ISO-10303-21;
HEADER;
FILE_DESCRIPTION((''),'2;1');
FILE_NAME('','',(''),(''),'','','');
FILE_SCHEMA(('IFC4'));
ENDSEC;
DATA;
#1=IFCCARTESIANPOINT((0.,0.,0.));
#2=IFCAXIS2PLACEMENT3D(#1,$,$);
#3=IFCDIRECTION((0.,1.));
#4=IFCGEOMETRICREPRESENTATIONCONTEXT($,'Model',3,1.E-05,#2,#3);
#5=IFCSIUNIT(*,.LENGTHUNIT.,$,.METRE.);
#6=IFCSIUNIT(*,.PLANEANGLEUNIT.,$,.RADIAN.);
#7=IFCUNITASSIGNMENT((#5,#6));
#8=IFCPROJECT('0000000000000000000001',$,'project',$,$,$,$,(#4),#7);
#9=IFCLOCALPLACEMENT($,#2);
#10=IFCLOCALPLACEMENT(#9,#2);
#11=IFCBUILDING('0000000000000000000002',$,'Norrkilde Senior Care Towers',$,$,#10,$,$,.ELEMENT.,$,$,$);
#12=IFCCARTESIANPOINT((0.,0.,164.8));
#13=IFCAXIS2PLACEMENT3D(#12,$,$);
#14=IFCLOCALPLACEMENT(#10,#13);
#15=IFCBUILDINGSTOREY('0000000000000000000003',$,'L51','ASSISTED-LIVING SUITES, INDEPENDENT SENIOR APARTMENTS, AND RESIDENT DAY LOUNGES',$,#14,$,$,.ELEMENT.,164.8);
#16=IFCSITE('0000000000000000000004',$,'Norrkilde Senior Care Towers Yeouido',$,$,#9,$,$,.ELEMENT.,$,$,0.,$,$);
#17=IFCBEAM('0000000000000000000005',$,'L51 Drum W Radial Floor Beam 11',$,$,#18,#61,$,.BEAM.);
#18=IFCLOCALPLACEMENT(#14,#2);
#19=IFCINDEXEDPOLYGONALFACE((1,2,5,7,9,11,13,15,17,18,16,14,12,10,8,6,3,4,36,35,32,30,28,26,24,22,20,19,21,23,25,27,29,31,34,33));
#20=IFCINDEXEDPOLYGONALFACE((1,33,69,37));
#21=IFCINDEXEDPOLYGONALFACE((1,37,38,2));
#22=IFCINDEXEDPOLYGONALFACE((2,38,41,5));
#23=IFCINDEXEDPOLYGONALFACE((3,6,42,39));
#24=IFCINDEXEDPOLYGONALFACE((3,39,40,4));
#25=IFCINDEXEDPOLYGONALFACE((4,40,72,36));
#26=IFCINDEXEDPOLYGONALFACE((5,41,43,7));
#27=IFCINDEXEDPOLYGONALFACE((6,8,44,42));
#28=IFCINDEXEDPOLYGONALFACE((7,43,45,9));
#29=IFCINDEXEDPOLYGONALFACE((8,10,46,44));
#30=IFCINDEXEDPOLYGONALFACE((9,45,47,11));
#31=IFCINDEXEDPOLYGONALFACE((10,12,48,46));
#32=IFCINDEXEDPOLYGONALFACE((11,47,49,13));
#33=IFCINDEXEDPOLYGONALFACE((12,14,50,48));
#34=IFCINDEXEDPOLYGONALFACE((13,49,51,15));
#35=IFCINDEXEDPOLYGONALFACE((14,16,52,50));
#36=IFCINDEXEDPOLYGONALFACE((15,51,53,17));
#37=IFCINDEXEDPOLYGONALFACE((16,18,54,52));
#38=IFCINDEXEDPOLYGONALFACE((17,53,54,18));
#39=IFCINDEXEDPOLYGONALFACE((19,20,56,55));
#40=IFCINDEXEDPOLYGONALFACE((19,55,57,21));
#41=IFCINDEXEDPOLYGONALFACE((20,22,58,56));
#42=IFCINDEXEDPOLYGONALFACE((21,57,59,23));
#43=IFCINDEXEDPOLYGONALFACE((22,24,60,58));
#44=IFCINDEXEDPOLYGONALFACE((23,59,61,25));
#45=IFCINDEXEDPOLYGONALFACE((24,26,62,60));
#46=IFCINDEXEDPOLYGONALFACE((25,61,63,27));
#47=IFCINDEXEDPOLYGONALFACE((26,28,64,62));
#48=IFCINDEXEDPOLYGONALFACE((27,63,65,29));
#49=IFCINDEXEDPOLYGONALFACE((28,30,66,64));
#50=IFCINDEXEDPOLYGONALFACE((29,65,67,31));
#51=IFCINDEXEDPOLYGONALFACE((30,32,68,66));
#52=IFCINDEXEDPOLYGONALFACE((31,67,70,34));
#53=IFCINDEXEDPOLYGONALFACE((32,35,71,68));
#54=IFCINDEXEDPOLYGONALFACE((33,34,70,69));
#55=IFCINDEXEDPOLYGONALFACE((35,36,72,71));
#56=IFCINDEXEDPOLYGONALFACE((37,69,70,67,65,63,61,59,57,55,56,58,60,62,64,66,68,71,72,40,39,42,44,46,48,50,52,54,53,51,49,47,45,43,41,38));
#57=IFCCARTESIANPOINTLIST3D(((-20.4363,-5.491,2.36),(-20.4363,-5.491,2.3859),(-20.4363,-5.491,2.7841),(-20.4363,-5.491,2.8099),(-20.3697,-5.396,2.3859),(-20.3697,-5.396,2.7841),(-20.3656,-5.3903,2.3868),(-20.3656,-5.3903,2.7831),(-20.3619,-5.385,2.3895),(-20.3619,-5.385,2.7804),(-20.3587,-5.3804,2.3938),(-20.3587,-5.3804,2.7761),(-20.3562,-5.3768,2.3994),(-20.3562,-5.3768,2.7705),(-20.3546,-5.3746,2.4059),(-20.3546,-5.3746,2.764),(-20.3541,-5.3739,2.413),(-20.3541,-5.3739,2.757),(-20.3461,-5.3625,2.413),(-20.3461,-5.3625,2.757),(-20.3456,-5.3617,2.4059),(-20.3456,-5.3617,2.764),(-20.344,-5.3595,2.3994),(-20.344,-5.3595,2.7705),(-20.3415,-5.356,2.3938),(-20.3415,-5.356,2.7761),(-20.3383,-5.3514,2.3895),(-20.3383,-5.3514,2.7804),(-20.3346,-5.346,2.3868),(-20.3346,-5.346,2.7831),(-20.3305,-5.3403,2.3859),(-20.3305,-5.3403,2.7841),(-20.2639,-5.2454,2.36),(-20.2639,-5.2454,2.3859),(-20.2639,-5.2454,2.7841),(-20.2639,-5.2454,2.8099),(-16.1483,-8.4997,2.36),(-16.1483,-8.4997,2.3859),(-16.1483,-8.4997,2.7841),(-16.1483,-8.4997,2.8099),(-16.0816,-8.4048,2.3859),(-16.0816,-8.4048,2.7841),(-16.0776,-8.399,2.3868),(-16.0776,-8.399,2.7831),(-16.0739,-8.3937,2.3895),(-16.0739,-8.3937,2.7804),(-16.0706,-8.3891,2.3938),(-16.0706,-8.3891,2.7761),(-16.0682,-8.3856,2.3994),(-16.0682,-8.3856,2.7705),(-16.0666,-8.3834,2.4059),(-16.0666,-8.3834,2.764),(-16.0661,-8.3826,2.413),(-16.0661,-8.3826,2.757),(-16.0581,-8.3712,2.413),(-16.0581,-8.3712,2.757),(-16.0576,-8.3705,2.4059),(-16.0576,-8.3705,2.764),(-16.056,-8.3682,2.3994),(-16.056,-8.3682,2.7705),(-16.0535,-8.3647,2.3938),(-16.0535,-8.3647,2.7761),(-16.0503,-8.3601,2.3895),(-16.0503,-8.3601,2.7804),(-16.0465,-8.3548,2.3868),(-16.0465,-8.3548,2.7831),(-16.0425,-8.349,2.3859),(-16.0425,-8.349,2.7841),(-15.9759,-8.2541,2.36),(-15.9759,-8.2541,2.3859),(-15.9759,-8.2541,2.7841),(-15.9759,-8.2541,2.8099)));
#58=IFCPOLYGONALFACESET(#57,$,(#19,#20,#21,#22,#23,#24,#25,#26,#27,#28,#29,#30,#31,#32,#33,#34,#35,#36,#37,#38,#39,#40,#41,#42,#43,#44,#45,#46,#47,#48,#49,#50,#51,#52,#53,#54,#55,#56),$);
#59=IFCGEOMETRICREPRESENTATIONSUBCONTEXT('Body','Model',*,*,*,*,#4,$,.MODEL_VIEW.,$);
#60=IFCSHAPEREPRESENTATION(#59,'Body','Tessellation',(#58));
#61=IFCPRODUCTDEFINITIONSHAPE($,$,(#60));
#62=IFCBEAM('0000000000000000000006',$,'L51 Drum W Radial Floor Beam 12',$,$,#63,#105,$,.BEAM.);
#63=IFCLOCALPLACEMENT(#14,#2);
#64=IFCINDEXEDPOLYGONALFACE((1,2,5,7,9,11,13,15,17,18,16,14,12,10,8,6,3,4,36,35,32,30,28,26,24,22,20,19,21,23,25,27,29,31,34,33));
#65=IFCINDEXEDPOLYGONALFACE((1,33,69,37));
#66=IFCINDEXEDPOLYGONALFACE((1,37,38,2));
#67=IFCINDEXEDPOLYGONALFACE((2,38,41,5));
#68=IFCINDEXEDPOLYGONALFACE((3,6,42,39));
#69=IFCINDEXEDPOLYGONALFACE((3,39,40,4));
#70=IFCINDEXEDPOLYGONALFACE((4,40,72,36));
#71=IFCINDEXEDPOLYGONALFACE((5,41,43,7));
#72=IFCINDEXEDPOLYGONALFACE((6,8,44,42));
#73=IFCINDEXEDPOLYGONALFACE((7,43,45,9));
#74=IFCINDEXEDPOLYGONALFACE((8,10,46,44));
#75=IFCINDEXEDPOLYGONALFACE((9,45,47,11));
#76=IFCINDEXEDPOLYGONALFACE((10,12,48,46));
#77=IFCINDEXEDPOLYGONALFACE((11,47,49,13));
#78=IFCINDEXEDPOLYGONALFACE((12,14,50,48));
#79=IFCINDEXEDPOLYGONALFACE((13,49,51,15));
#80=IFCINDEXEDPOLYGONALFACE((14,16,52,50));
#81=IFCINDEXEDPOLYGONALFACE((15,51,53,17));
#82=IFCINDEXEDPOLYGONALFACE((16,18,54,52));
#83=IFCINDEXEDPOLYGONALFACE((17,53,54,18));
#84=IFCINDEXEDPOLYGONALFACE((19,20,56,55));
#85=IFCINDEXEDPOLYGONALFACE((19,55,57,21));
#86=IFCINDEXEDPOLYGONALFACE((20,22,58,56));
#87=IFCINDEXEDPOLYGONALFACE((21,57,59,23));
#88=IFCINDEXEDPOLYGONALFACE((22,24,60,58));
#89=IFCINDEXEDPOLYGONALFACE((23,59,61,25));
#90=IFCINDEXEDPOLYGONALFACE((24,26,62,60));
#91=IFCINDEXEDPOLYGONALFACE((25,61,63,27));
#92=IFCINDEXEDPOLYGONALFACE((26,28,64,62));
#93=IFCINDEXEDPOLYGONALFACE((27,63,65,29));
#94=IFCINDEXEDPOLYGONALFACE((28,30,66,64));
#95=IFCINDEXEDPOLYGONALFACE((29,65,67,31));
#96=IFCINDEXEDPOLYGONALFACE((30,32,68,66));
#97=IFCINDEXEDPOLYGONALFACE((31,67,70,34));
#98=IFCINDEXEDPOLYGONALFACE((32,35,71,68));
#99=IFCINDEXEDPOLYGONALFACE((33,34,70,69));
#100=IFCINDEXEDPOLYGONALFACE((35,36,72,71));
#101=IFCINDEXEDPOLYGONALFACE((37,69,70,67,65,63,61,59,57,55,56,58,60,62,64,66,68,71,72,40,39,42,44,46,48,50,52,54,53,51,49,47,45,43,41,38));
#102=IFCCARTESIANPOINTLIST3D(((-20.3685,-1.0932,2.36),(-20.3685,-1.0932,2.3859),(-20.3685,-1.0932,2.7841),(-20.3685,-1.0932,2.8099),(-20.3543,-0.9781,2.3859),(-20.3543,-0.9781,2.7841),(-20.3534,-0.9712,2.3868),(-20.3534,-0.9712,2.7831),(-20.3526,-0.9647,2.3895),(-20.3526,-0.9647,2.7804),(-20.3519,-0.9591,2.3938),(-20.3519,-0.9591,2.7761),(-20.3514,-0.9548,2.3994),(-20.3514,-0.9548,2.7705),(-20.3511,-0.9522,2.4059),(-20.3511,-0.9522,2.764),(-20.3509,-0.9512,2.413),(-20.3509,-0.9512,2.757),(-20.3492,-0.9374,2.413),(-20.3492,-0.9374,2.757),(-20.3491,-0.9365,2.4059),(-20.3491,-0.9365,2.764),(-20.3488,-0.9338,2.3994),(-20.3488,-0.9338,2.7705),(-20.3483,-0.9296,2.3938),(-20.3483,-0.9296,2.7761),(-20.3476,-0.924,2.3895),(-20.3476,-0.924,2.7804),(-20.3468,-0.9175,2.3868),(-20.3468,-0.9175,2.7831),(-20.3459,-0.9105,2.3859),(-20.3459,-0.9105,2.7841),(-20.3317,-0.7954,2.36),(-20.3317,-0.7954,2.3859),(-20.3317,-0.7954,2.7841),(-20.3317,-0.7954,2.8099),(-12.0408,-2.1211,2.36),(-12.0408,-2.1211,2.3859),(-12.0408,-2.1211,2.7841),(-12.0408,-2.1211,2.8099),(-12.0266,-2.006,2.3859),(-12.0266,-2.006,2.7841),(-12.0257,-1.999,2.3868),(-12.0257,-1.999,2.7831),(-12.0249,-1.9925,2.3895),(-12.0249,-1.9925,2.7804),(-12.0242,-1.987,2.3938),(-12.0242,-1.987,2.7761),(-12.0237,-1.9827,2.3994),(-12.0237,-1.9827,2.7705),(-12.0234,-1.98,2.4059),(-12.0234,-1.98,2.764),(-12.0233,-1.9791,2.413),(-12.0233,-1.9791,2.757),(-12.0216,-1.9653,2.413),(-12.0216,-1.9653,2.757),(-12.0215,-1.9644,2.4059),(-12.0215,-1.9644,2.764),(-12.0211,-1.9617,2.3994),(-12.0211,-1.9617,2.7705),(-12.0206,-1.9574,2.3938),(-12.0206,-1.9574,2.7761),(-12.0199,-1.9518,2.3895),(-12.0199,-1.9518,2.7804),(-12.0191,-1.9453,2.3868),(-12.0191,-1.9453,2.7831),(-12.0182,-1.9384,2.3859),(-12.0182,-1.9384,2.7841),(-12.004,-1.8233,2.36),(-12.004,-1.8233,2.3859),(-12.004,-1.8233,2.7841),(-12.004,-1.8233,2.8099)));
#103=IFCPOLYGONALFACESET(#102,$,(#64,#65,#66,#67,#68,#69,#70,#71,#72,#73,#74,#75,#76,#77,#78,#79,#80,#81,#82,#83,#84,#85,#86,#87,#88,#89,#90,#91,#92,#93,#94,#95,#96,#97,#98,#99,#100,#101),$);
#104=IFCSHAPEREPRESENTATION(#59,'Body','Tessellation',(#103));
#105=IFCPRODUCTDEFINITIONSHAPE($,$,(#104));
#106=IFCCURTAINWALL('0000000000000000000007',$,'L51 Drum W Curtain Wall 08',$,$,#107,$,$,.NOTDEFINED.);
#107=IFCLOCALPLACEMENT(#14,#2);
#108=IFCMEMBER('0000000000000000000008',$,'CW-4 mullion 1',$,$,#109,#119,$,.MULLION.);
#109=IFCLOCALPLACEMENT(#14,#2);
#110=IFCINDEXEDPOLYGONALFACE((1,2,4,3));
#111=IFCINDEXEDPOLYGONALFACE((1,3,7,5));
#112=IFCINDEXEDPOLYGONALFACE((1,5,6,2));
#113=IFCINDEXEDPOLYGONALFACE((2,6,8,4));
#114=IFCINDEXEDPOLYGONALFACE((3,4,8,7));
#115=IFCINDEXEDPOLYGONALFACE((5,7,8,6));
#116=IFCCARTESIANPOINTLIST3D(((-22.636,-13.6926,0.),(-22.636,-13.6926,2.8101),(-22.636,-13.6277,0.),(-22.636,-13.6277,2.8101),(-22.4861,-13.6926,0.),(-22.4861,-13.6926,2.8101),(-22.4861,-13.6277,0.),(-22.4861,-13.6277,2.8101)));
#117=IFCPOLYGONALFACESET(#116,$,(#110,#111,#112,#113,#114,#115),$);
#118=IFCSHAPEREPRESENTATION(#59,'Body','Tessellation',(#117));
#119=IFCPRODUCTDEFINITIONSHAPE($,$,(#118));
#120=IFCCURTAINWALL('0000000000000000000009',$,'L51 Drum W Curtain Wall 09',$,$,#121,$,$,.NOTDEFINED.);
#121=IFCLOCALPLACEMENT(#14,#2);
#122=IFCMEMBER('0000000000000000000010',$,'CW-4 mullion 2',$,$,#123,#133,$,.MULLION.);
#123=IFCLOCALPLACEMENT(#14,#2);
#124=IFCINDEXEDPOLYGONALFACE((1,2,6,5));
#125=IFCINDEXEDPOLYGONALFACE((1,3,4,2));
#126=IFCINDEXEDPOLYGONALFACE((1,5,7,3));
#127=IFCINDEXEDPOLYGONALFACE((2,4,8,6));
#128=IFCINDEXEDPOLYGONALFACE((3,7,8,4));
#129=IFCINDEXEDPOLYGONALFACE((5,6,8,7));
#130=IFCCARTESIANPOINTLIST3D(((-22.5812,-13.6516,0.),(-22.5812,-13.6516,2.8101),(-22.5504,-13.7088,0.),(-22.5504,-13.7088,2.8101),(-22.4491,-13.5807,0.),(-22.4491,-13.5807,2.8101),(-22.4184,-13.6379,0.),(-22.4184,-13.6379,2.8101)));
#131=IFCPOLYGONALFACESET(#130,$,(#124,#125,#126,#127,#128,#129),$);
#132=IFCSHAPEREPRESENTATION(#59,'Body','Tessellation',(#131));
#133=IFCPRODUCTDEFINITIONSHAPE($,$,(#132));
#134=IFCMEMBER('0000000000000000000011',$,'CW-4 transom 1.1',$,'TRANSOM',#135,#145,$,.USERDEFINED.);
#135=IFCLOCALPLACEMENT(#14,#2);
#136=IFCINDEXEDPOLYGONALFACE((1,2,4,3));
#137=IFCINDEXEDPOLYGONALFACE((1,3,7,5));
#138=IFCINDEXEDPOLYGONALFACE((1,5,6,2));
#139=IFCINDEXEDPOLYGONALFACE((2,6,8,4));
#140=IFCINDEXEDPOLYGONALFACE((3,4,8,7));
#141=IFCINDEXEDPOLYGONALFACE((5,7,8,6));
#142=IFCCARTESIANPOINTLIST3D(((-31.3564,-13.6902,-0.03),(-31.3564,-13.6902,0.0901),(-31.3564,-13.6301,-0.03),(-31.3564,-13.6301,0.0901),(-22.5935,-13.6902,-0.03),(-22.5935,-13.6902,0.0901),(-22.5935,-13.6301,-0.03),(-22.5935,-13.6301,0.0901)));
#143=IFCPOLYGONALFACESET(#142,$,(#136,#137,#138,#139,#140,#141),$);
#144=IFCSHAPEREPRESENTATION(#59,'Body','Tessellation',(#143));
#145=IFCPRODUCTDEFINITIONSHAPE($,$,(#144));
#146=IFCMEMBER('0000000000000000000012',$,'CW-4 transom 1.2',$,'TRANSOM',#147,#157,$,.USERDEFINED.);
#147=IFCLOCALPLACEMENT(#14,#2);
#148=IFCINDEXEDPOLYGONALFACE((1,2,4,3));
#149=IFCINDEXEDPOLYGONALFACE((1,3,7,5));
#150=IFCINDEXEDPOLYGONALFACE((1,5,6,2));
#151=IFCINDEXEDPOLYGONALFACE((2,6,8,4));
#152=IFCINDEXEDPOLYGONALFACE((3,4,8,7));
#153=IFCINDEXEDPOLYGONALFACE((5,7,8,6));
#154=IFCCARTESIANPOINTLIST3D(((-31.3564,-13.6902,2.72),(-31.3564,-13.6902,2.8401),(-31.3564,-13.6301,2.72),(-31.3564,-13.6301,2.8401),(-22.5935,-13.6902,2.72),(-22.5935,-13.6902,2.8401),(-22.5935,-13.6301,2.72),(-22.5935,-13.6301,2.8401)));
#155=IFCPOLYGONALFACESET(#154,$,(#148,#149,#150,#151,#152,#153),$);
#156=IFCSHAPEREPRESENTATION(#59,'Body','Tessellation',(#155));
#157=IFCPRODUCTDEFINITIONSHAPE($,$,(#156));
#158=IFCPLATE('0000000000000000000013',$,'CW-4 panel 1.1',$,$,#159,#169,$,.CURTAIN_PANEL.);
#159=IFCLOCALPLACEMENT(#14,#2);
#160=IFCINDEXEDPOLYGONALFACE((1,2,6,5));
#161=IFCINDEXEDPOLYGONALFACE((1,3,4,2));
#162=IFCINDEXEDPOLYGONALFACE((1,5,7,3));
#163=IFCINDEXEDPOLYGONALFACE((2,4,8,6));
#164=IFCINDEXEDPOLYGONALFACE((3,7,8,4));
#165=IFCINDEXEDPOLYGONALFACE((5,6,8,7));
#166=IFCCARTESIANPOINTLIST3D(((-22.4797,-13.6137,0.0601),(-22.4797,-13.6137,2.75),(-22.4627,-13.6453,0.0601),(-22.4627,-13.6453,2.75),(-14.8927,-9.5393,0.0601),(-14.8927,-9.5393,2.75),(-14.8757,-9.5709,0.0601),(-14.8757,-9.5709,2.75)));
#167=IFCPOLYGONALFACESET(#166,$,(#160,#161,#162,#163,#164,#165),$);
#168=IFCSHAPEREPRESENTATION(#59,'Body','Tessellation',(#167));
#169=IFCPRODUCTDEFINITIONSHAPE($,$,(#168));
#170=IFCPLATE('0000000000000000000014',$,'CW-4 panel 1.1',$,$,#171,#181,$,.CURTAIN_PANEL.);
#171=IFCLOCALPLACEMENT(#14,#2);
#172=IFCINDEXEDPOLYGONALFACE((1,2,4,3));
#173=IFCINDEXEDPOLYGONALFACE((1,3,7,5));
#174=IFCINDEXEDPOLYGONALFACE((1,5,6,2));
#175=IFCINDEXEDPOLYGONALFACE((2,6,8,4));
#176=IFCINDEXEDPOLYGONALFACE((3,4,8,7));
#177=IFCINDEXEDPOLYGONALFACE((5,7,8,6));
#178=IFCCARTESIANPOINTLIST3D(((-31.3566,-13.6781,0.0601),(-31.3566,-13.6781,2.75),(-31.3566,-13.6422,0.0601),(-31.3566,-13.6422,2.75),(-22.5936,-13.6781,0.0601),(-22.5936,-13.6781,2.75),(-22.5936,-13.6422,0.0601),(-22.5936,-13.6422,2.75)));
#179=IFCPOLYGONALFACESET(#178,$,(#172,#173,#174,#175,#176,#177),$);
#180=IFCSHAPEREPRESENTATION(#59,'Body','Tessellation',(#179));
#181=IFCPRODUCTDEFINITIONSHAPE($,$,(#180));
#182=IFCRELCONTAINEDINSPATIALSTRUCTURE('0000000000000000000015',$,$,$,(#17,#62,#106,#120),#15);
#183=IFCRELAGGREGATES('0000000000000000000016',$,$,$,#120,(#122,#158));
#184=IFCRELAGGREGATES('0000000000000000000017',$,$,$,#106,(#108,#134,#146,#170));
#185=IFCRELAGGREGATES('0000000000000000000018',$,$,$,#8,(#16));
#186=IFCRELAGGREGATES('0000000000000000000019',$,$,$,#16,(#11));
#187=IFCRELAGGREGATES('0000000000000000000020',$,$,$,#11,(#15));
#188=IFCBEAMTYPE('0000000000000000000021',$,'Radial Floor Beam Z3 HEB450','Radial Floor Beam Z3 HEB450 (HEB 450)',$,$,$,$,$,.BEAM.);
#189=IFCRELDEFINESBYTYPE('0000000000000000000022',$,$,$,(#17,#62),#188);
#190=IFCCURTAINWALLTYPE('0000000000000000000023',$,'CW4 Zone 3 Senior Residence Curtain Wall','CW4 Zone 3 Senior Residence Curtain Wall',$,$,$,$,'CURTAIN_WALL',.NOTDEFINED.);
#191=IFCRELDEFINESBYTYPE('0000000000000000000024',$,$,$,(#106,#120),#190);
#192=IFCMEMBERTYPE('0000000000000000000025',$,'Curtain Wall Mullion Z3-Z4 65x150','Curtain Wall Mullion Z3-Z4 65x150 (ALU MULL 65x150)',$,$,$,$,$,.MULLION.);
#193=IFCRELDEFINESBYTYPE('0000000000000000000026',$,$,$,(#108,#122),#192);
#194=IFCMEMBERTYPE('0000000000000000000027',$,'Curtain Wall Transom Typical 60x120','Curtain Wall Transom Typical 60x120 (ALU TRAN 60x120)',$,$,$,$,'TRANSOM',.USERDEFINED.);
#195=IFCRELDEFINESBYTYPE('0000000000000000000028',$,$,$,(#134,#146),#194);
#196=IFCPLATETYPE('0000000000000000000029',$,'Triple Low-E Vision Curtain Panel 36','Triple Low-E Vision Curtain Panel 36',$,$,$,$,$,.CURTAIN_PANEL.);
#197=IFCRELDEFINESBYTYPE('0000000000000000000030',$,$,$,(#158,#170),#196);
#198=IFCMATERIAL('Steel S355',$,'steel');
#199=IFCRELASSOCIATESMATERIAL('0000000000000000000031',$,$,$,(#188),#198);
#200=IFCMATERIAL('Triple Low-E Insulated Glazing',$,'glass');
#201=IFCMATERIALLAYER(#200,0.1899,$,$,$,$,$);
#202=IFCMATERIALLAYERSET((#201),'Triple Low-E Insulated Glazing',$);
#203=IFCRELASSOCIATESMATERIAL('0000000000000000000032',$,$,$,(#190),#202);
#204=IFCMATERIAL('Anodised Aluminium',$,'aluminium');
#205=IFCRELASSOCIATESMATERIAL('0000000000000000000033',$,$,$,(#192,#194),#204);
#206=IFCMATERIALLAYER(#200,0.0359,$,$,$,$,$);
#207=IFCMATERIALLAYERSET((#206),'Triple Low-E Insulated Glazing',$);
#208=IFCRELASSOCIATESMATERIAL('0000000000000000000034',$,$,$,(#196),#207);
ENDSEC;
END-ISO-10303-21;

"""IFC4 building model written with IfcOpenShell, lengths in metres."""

from ifc_helpers import new_model, si_unit, direction, frame, origin, origin_2d, place, context, subcontext, project, spatial, rectangle, i_section, extrude, source, transform, mapped, material, layer, layer_set, material_profile, profile_set, type_object, type_shapes, element, aggregate, save


model = new_model("IFC4")

# Units and contexts
model_context = context("Model", 3, precision=1e-05, world=origin(), true_north=direction((0.0, 1.0)))
body_context = subcontext(model_context, "Body", "Model", "MODEL_VIEW")
ifc_project = project(units=[si_unit("LENGTHUNIT", "METRE"), si_unit("PLANEANGLEUNIT", "RADIAN")], contexts=[model_context])

# Site, building, storey
site_placement = place(None, origin())
site = spatial("IfcSite", under=ifc_project, at=site_placement, Name="Norrkilde Senior Care Towers Yeouido", CompositionType="ELEMENT", RefElevation=0.0)
building_placement = place(site_placement, origin())
building = spatial("IfcBuilding", under=site, at=building_placement, Name="Norrkilde Senior Care Towers", CompositionType="ELEMENT")
storey_placement = place(building_placement, frame((0.0, 0.0, 164.8)))
storey = spatial("IfcBuildingStorey", under=building, at=storey_placement, Name="L51", Description="ASSISTED-LIVING SUITES, INDEPENDENT SENIOR APARTMENTS, AND RESIDENT DAY LOUNGES", CompositionType="ELEMENT", Elevation=164.8)

# Beams
ifc_material_1 = material(Name="Steel S355", Category="steel")
ifc_material_profile_1 = material_profile(ifc_material_1, i_section(OverallWidth=0.3, OverallDepth=0.45, WebThickness=0.0139, FlangeThickness=0.0259, FilletRadius=0.0271, at=origin_2d()), Name="HEB 450")
ifc_profile_set_1 = profile_set([ifc_material_profile_1], Name="Steel S355")
beam_type_1 = type_object("IfcBeamType", Name="Radial Floor Beam Z3 HEB450", Description="Radial Floor Beam Z3 HEB450 (HEB 450)", PredefinedType="BEAM", material=ifc_profile_set_1)
shared_shape_1 = source(origin(), body_context, "Body", "SweptSolid", [
    extrude(i_section(OverallWidth=0.3, OverallDepth=0.45, WebThickness=0.0139, FlangeThickness=0.0259, FilletRadius=0.0271, at=origin_2d()), origin(), (0.0, 0.0, 1.0), 5.2383),
])
beam_1_placement = place(storey_placement, frame((-20.3501, -5.3682, 2.585), z_axis=(0.818592, -0.574375, 0.0), x_axis=(0.574375, 0.818592, 0.0)))
element("IfcBeam", 1, at=beam_1_placement, inside=storey, type_object=beam_type_1, Name="L51 Drum W Radial Floor Beam 11", PredefinedType="BEAM", context=body_context, shape_type="MappedRepresentation", body=[
    mapped(shared_shape_1, transform((0.0, 0.0, 0.0), x_axis=(1.0, 0.0, 0.0), y_axis=(0.0, 1.0, 0.0), z_axis=(0.0, 0.0, 1.0), scale=1.0)),
])
shared_shape_2 = source(origin(), body_context, "Body", "SweptSolid", [
    extrude(i_section(OverallWidth=0.3, OverallDepth=0.45, WebThickness=0.0139, FlangeThickness=0.0259, FilletRadius=0.0271, at=origin_2d()), origin(), (0.0, 0.0, 1.0), 8.3909),
])
beam_2_placement = place(storey_placement, frame((-20.3501, -0.9443, 2.585), z_axis=(0.992469, -0.122495, 0.0), x_axis=(0.122495, 0.992469, 0.0)))
element("IfcBeam", 2, at=beam_2_placement, inside=storey, type_object=beam_type_1, Name="L51 Drum W Radial Floor Beam 12", PredefinedType="BEAM", context=body_context, shape_type="MappedRepresentation", body=[
    mapped(shared_shape_2, transform((0.0, 0.0, 0.0), x_axis=(1.0, 0.0, 0.0), y_axis=(0.0, 1.0, 0.0), z_axis=(0.0, 0.0, 1.0), scale=1.0)),
])

# Curtain walls, members
ifc_material_2 = material(Name="Triple Low-E Insulated Glazing", Category="glass")
ifc_layer_1 = layer(ifc_material_2, 0.1899)
ifc_layer_set_1 = layer_set([ifc_layer_1], Name="Triple Low-E Insulated Glazing")
curtain_wall_type = type_object("IfcCurtainWallType", Name="CW4 Zone 3 Senior Residence Curtain Wall", Description="CW4 Zone 3 Senior Residence Curtain Wall", ElementType="CURTAIN_WALL", PredefinedType="NOTDEFINED", material=ifc_layer_set_1)
curtain_wall_1_placement = place(storey_placement, origin())
curtain_wall_1 = element("IfcCurtainWall", 3, at=curtain_wall_1_placement, inside=storey, type_object=curtain_wall_type, Name="L51 Drum W Curtain Wall 08", PredefinedType="NOTDEFINED")
ifc_material_3 = material(Name="Anodised Aluminium", Category="aluminium")
ifc_material_profile_2 = material_profile(ifc_material_3, rectangle(XDim=0.0649, YDim=0.1499, at=origin_2d()), Name="ALU MULL 65x150")
ifc_profile_set_2 = profile_set([ifc_material_profile_2], Name="Anodised Aluminium")
member_type_1 = type_object("IfcMemberType", Name="Curtain Wall Mullion Z3-Z4 65x150", Description="Curtain Wall Mullion Z3-Z4 65x150 (ALU MULL 65x150)", PredefinedType="MULLION", material=ifc_profile_set_2)
shared_shape_3 = source(origin(), body_context, "Body", "SweptSolid", [
    extrude(rectangle(XDim=0.0649, YDim=0.1499, at=origin_2d()), origin(), (0.0, 0.0, 1.0), 2.8101),
])
type_shapes(member_type_1, [shared_shape_3])
member_1_placement = place(storey_placement, frame((-22.561, -13.6602, 0.0), z_axis=(0.0, 0.0, 1.0), x_axis=(0.0, -1.0, 0.0)))
member_1 = element("IfcMember", 4, at=member_1_placement, type_object=member_type_1, Name="CW-4 mullion 1", PredefinedType="MULLION", context=body_context, shape_type="MappedRepresentation", body=[
    mapped(shared_shape_3, transform((0.0, 0.0, 0.0), x_axis=(1.0, 0.0, 0.0), y_axis=(0.0, 1.0, 0.0), z_axis=(0.0, 0.0, 1.0), scale=1.0)),
])
curtain_wall_2_placement = place(storey_placement, origin())
curtain_wall_2 = element("IfcCurtainWall", 5, at=curtain_wall_2_placement, inside=storey, type_object=curtain_wall_type, Name="L51 Drum W Curtain Wall 09", PredefinedType="NOTDEFINED")
member_2_placement = place(storey_placement, frame((-22.4998, -13.6448, 0.0), z_axis=(0.0, 0.0, 1.0), x_axis=(0.473117, -0.881, 0.0)))
member_2 = element("IfcMember", 6, at=member_2_placement, type_object=member_type_1, Name="CW-4 mullion 2", PredefinedType="MULLION", context=body_context, shape_type="MappedRepresentation", body=[
    mapped(shared_shape_3, transform((0.0, 0.0, 0.0), x_axis=(1.0, 0.0, 0.0), y_axis=(0.0, 1.0, 0.0), z_axis=(0.0, 0.0, 1.0), scale=1.0)),
])

# Members
ifc_material_profile_3 = material_profile(ifc_material_3, rectangle(XDim=0.0601, YDim=0.1201, at=origin_2d()), Name="ALU TRAN 60x120")
ifc_profile_set_3 = profile_set([ifc_material_profile_3], Name="Anodised Aluminium")
member_type_2 = type_object("IfcMemberType", Name="Curtain Wall Transom Typical 60x120", Description="Curtain Wall Transom Typical 60x120 (ALU TRAN 60x120)", ElementType="TRANSOM", PredefinedType="USERDEFINED", material=ifc_profile_set_3)
shared_shape_4 = source(origin(), body_context, "Body", "SweptSolid", [
    extrude(rectangle(XDim=0.0601, YDim=0.1201, at=origin_2d()), origin(), (0.0, 0.0, 1.0), 8.7629),
])
type_shapes(member_type_2, [shared_shape_4])
member_3_placement = place(storey_placement, frame((-22.5935, -13.6602, 0.03), z_axis=(-1.0, 0.0, 0.0), x_axis=(0.0, -1.0, 0.0)))
member_3 = element("IfcMember", 7, at=member_3_placement, type_object=member_type_2, Name="CW-4 transom 1.1", ObjectType="TRANSOM", PredefinedType="USERDEFINED", context=body_context, shape_type="MappedRepresentation", body=[
    mapped(shared_shape_4, transform((0.0, 0.0, 0.0), x_axis=(1.0, 0.0, 0.0), y_axis=(0.0, 1.0, 0.0), z_axis=(0.0, 0.0, 1.0), scale=1.0)),
])
member_4_placement = place(storey_placement, frame((-22.5935, -13.6602, 2.78), z_axis=(-1.0, 0.0, 0.0), x_axis=(0.0, -1.0, 0.0)))
member_4 = element("IfcMember", 8, at=member_4_placement, type_object=member_type_2, Name="CW-4 transom 1.2", ObjectType="TRANSOM", PredefinedType="USERDEFINED", context=body_context, shape_type="MappedRepresentation", body=[
    mapped(shared_shape_4, transform((0.0, 0.0, 0.0), x_axis=(1.0, 0.0, 0.0), y_axis=(0.0, 1.0, 0.0), z_axis=(0.0, 0.0, 1.0), scale=1.0)),
])

# Plates
ifc_layer_2 = layer(ifc_material_2, 0.0359)
ifc_layer_set_2 = layer_set([ifc_layer_2], Name="Triple Low-E Insulated Glazing")
plate_type = type_object("IfcPlateType", Name="Triple Low-E Vision Curtain Panel 36", Description="Triple Low-E Vision Curtain Panel 36", PredefinedType="CURTAIN_PANEL", material=ifc_layer_set_2)
shared_shape_5 = source(origin(), body_context, "Body", "SweptSolid", [
    extrude(rectangle(XDim=8.6118, YDim=0.0359, at=origin_2d()), origin(), (0.0, 0.0, 1.0), 2.6899),
])
plate_1_placement = place(storey_placement, frame((-18.6777, -11.5923, 0.0601), z_axis=(0.0, 0.0, 1.0), x_axis=(-0.881, -0.473117, 0.0)))
plate_1 = element("IfcPlate", 9, at=plate_1_placement, type_object=plate_type, Name="CW-4 panel 1.1", PredefinedType="CURTAIN_PANEL", context=body_context, shape_type="MappedRepresentation", body=[
    mapped(shared_shape_5, transform((0.0, 0.0, 0.0), x_axis=(1.0, 0.0, 0.0), y_axis=(0.0, 1.0, 0.0), z_axis=(0.0, 0.0, 1.0), scale=1.0)),
])
aggregate(curtain_wall_2, [member_2, plate_1])
shared_shape_6 = source(origin(), body_context, "Body", "SweptSolid", [
    extrude(rectangle(XDim=8.7629, YDim=0.0359, at=origin_2d()), origin(), (0.0, 0.0, 1.0), 2.6899),
])
type_shapes(plate_type, [shared_shape_5, shared_shape_6])
plate_2_placement = place(storey_placement, frame((-26.9751, -13.6602, 0.0601), z_axis=(0.0, 0.0, 1.0), x_axis=(-1.0, 0.0, 0.0)))
plate_2 = element("IfcPlate", 10, at=plate_2_placement, type_object=plate_type, Name="CW-4 panel 1.1", PredefinedType="CURTAIN_PANEL", context=body_context, shape_type="MappedRepresentation", body=[
    mapped(shared_shape_6, transform((0.0, 0.0, 0.0), x_axis=(1.0, 0.0, 0.0), y_axis=(0.0, 1.0, 0.0), z_axis=(0.0, 0.0, 1.0), scale=1.0)),
])
aggregate(curtain_wall_1, [member_1, member_3, member_4, plate_2])

save(model, "model.ifc")
